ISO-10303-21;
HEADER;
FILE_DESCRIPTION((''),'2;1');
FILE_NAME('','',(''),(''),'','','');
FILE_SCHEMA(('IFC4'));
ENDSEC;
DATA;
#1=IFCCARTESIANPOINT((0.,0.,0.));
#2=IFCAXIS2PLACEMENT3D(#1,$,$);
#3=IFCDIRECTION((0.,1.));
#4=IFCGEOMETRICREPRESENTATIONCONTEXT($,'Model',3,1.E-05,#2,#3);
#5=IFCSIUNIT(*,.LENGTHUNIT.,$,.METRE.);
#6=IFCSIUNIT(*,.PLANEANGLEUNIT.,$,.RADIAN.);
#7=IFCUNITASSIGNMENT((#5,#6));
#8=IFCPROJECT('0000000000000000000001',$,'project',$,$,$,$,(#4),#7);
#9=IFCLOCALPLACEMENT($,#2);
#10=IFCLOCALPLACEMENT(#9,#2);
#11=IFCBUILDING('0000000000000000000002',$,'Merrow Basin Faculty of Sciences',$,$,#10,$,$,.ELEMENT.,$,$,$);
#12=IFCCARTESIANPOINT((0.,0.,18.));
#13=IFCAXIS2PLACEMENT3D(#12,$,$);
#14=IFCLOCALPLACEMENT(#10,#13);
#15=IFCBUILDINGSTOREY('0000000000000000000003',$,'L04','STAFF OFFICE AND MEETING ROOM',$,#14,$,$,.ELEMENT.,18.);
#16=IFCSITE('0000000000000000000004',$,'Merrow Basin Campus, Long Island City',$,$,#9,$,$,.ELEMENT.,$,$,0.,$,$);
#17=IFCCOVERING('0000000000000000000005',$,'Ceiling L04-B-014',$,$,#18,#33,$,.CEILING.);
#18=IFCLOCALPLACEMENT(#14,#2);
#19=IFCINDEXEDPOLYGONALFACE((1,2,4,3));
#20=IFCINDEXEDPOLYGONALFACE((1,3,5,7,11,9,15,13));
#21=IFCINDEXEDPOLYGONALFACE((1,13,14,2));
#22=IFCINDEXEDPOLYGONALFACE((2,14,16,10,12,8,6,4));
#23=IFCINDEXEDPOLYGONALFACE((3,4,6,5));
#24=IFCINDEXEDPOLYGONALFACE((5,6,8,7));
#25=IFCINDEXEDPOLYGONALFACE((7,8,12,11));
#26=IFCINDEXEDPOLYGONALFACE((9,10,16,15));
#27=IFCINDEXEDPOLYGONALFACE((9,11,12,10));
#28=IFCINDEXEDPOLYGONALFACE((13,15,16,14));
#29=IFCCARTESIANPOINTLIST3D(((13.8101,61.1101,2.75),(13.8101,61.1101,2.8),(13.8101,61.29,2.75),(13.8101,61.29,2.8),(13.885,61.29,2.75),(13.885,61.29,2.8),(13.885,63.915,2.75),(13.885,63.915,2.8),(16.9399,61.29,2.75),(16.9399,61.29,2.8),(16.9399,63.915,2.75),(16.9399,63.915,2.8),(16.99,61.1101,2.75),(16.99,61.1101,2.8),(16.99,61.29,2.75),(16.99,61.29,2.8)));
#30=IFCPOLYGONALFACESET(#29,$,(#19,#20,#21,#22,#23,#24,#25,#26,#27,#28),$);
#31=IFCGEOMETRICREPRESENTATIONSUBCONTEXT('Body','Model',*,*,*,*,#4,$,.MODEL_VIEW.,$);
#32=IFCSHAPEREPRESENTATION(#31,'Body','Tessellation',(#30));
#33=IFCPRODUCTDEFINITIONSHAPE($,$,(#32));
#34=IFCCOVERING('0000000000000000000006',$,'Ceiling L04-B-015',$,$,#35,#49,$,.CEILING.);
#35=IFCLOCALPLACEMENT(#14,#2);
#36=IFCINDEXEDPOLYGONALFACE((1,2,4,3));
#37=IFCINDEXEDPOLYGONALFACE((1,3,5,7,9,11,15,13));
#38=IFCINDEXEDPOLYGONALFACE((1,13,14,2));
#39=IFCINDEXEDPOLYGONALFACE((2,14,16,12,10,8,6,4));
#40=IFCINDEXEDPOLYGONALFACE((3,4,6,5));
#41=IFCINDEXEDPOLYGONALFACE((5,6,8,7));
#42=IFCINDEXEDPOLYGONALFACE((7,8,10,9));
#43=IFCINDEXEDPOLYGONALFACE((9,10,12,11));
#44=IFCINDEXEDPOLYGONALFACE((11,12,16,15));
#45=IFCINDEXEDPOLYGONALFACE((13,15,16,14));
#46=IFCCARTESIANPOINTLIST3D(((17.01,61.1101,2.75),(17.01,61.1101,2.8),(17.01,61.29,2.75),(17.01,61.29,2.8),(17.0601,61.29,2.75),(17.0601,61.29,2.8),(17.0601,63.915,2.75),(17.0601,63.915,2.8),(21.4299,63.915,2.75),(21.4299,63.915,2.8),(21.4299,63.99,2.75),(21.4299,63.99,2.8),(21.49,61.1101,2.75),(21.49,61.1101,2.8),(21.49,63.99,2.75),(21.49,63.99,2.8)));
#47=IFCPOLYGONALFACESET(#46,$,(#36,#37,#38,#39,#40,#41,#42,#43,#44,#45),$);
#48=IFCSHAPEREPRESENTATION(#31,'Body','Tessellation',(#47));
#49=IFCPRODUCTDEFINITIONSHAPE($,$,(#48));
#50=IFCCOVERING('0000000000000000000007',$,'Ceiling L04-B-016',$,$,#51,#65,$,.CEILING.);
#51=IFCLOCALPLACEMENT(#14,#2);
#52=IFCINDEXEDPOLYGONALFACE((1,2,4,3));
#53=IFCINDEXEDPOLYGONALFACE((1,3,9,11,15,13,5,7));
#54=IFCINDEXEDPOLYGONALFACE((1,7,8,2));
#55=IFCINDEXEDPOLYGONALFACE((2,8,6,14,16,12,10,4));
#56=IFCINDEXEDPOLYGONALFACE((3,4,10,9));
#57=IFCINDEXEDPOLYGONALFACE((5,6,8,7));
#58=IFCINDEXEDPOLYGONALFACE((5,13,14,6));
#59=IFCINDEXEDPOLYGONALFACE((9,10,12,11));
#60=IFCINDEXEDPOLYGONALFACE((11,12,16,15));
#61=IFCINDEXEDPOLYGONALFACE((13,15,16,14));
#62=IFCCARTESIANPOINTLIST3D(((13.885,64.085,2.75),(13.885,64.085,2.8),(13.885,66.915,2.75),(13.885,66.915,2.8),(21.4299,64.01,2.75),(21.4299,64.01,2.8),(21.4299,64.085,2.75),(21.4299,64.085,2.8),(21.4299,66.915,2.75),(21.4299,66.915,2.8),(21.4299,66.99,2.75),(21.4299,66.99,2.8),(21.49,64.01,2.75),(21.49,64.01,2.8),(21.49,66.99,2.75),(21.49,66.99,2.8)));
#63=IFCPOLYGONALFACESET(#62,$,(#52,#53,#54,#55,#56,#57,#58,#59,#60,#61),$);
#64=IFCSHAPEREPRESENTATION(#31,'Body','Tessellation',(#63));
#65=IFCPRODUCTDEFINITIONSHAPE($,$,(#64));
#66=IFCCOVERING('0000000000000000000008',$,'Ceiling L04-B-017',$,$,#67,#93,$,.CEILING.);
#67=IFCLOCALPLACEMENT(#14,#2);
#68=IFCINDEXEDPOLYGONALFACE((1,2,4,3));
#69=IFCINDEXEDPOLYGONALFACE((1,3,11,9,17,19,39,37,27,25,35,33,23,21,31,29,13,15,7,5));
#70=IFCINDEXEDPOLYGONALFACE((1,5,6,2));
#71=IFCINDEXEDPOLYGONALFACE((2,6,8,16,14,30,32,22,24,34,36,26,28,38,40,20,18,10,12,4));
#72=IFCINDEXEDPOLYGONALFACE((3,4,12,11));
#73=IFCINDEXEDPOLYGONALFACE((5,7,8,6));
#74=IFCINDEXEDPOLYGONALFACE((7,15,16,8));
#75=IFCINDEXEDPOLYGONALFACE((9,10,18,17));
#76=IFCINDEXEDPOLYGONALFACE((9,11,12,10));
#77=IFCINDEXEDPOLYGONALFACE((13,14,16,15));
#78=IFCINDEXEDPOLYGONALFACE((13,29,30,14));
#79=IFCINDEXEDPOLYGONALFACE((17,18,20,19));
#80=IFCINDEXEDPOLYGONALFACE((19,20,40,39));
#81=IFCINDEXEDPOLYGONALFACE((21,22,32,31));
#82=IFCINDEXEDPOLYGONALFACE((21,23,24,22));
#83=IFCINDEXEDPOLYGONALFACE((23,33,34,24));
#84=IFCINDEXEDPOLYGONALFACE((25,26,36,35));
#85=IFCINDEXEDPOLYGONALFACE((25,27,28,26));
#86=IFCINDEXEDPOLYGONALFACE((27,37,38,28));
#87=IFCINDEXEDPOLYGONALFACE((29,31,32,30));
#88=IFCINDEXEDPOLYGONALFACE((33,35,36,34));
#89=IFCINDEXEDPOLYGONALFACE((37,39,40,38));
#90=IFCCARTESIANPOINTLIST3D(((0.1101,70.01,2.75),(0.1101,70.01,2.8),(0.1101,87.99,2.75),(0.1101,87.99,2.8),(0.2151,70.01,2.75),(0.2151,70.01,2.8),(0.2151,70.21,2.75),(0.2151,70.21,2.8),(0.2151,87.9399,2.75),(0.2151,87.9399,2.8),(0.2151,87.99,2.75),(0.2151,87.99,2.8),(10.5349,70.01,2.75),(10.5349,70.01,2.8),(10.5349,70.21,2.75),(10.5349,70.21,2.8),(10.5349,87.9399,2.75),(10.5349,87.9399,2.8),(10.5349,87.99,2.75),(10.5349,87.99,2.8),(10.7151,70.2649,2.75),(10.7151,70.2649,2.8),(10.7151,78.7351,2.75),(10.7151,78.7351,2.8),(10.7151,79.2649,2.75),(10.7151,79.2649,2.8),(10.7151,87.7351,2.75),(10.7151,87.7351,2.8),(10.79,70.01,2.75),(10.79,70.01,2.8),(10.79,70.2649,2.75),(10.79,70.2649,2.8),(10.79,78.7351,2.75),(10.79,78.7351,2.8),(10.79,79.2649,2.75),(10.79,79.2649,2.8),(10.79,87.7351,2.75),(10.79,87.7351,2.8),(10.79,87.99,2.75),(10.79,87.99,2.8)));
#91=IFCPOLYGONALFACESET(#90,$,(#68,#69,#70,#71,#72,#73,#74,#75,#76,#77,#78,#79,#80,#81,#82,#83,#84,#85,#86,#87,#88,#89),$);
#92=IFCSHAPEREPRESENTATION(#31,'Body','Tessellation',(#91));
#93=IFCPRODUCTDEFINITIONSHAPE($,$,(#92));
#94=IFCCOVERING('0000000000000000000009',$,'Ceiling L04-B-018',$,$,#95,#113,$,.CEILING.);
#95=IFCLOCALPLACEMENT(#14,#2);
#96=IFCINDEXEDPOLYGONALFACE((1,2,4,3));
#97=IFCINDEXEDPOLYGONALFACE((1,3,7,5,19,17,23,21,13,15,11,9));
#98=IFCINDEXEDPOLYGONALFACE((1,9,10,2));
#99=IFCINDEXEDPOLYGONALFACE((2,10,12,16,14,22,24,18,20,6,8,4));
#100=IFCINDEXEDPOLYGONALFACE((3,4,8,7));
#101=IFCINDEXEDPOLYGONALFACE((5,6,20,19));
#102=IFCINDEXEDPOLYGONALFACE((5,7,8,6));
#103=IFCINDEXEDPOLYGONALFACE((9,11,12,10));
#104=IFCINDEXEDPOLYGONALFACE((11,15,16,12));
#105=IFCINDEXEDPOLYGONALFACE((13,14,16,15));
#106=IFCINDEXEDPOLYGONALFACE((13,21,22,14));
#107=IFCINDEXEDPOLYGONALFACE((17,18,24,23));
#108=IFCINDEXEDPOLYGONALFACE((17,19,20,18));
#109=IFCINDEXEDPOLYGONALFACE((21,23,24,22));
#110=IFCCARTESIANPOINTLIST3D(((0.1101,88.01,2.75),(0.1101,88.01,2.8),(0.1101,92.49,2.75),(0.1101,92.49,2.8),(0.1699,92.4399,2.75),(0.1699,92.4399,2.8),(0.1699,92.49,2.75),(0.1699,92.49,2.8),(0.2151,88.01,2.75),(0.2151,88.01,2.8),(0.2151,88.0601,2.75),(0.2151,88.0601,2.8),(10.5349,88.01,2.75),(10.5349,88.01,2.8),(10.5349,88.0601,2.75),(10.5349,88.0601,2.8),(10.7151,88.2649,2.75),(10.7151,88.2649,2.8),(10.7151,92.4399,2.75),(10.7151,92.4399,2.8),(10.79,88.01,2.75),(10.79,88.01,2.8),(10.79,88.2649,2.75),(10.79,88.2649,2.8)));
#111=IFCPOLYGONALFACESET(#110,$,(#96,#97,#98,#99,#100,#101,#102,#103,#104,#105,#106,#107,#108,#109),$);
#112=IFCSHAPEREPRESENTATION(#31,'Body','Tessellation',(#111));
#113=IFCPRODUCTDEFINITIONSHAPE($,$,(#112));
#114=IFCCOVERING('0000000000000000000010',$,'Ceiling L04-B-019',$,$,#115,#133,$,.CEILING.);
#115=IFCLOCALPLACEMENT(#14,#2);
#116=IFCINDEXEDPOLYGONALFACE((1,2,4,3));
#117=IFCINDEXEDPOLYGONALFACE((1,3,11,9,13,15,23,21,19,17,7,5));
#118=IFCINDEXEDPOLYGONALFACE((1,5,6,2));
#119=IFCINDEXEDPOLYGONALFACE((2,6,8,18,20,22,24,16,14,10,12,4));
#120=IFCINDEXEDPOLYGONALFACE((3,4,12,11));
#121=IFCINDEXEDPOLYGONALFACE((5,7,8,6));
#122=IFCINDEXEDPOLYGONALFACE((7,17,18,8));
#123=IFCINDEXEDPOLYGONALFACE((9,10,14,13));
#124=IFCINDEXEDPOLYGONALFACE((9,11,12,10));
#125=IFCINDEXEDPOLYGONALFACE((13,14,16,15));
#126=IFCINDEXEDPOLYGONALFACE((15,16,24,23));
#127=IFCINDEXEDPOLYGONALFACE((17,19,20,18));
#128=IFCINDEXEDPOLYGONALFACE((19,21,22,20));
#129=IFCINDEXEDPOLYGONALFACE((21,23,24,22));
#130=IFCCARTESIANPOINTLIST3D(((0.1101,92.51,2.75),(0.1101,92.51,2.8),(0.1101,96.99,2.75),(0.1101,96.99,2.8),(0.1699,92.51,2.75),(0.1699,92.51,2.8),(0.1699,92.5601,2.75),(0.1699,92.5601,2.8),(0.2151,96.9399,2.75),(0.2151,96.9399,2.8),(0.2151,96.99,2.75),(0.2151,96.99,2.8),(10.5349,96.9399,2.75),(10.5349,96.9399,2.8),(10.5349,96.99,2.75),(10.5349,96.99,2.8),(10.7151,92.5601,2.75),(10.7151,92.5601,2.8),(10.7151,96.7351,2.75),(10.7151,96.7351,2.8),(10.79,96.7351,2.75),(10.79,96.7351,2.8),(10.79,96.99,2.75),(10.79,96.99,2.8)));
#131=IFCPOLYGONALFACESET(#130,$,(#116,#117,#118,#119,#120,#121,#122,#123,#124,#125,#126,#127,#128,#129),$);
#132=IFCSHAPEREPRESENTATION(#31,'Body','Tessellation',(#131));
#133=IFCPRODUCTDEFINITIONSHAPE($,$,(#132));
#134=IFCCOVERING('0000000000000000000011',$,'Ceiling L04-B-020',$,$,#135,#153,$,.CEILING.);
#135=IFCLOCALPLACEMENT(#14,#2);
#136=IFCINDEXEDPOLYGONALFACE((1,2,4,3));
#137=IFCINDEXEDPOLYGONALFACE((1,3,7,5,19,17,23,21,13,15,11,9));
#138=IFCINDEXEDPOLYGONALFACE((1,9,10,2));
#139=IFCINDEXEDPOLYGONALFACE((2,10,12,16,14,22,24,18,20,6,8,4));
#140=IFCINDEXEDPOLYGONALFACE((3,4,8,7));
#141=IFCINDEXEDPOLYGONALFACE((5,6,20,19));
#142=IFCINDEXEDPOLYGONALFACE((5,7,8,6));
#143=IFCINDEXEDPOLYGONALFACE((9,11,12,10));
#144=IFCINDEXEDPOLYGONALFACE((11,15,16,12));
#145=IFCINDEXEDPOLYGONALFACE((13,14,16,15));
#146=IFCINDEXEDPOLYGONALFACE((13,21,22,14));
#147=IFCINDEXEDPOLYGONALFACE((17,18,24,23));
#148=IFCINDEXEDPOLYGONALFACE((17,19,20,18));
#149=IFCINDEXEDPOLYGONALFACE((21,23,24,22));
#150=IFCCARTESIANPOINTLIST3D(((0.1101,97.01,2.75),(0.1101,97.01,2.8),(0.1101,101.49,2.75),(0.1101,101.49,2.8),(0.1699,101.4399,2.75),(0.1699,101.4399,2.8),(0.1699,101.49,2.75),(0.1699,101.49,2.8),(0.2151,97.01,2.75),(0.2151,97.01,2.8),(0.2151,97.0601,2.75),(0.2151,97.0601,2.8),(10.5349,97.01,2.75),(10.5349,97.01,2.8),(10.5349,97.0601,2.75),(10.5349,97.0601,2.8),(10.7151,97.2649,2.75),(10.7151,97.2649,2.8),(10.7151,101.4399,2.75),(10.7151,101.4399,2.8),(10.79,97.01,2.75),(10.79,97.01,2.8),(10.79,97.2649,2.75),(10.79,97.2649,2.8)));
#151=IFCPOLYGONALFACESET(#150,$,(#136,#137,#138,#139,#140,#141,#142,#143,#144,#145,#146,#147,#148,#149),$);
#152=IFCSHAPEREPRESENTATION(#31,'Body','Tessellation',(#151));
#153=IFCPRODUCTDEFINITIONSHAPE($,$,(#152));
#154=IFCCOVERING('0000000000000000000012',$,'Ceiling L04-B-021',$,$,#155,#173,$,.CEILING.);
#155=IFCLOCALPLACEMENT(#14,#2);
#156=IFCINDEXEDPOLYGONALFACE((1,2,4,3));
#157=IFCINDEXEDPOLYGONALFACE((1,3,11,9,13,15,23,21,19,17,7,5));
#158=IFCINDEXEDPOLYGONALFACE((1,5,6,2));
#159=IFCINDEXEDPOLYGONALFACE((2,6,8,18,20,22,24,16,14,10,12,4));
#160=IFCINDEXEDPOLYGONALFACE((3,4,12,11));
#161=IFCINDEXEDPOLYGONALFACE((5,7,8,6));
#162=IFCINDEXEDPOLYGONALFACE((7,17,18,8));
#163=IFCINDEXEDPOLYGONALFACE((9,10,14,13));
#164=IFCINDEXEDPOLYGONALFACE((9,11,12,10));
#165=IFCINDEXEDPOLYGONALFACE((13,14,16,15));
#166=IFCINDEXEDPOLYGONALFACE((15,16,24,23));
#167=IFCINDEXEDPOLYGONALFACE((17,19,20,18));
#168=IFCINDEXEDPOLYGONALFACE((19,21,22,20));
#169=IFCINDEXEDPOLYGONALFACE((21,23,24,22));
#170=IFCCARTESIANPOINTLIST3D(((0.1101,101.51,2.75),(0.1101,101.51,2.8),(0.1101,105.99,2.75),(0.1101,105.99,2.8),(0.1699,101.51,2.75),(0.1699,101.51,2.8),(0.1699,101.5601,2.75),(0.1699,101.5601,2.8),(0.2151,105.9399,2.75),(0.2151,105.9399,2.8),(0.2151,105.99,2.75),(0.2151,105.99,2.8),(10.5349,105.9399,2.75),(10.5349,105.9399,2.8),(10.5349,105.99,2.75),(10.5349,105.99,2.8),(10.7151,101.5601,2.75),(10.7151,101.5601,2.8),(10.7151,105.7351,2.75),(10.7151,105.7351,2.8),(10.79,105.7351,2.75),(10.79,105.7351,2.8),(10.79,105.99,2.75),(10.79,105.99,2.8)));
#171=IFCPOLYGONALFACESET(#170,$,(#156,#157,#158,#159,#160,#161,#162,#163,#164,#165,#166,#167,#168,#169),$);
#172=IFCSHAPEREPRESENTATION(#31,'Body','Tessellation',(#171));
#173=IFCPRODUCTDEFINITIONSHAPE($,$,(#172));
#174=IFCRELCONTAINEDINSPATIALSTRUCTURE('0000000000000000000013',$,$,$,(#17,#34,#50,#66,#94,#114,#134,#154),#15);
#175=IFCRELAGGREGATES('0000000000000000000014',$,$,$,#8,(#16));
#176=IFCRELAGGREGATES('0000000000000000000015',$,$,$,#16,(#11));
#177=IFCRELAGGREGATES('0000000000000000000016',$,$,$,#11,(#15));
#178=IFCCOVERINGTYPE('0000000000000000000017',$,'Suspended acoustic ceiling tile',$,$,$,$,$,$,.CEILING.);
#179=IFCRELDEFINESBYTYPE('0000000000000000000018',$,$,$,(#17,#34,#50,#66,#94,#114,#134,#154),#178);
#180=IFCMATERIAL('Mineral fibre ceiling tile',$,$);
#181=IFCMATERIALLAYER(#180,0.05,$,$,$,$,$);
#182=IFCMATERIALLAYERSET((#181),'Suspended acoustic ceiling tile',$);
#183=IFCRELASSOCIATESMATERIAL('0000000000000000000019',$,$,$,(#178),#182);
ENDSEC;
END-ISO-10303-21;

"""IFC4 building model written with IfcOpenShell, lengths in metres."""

from ifc_helpers import new_model, si_unit, direction, frame, origin, place, context, subcontext, project, spatial, polyline, outline, extrude, material, layer, layer_set, type_object, element, save


model = new_model("IFC4")

# Units and contexts
model_context = context("Model", 3, precision=1e-05, world=origin(), true_north=direction((0.0, 1.0)))
body_context = subcontext(model_context, "Body", "Model", "MODEL_VIEW")
ifc_project = project(units=[si_unit("LENGTHUNIT", "METRE"), si_unit("PLANEANGLEUNIT", "RADIAN")], contexts=[model_context])

# Site, building, storey
site_placement = place(None, origin())
site = spatial("IfcSite", under=ifc_project, at=site_placement, Name="Merrow Basin Campus, Long Island City", CompositionType="ELEMENT", RefElevation=0.0)
building_placement = place(site_placement, origin())
building = spatial("IfcBuilding", under=site, at=building_placement, Name="Merrow Basin Faculty of Sciences", CompositionType="ELEMENT")
storey_placement = place(building_placement, frame((0.0, 0.0, 18.0)))
storey = spatial("IfcBuildingStorey", under=building, at=storey_placement, Name="L04", Description="STAFF OFFICE AND MEETING ROOM", CompositionType="ELEMENT", Elevation=18.0)

# Coverings
ifc_material_1 = material(Name="Mineral fibre ceiling tile")
ifc_layer_1 = layer(ifc_material_1, 0.05)
ifc_layer_set_1 = layer_set([ifc_layer_1], Name="Suspended acoustic ceiling tile")
covering_type_1 = type_object("IfcCoveringType", Name="Suspended acoustic ceiling tile", PredefinedType="CEILING", material=ifc_layer_set_1)
covering_1_placement = place(storey_placement, frame((0.0, 0.0, 2.75)))
element("IfcCovering", 1, at=covering_1_placement, inside=storey, type_object=covering_type_1, Name="Ceiling L04-B-014", PredefinedType="CEILING", context=body_context, shape_type="SweptSolid", body=[
    extrude(outline(polyline([(16.99, 61.1101), (13.8101, 61.1101), (13.8101, 61.29), (13.885, 61.29), (13.885, 63.915), (16.9399, 63.915), (16.9399, 61.29), (16.99, 61.29), (16.99, 61.1101)])), origin(), (0.0, 0.0, 1.0), 0.05),
])
covering_2_placement = place(storey_placement, frame((0.0, 0.0, 2.75)))
element("IfcCovering", 2, at=covering_2_placement, inside=storey, type_object=covering_type_1, Name="Ceiling L04-B-015", PredefinedType="CEILING", context=body_context, shape_type="SweptSolid", body=[
    extrude(outline(polyline([(21.49, 63.99), (21.49, 61.1101), (17.01, 61.1101), (17.01, 61.29), (17.0601, 61.29), (17.0601, 63.915), (21.4299, 63.915), (21.4299, 63.99), (21.49, 63.99)])), origin(), (0.0, 0.0, 1.0), 0.05),
])
covering_3_placement = place(storey_placement, frame((0.0, 0.0, 2.75)))
element("IfcCovering", 3, at=covering_3_placement, inside=storey, type_object=covering_type_1, Name="Ceiling L04-B-016", PredefinedType="CEILING", context=body_context, shape_type="SweptSolid", body=[
    extrude(outline(polyline([(21.49, 66.99), (21.49, 64.01), (21.4299, 64.01), (21.4299, 64.085), (13.885, 64.085), (13.885, 66.915), (21.4299, 66.915), (21.4299, 66.99), (21.49, 66.99)])), origin(), (0.0, 0.0, 1.0), 0.05),
])
covering_4_placement = place(storey_placement, frame((0.0, 0.0, 2.75)))
element("IfcCovering", 4, at=covering_4_placement, inside=storey, type_object=covering_type_1, Name="Ceiling L04-B-017", PredefinedType="CEILING", context=body_context, shape_type="SweptSolid", body=[
    extrude(outline(polyline([(10.79, 87.7351), (10.7151, 87.7351), (10.7151, 79.2649), (10.79, 79.2649), (10.79, 78.7351), (10.7151, 78.7351), (10.7151, 70.2649), (10.79, 70.2649), (10.79, 70.01), (10.5349, 70.01), (10.5349, 70.21), (0.2151, 70.21), (0.2151, 70.01), (0.1101, 70.01), (0.1101, 87.99), (0.2151, 87.99), (0.2151, 87.9399), (10.5349, 87.9399), (10.5349, 87.99), (10.79, 87.99), (10.79, 87.7351)])), origin(), (0.0, 0.0, 1.0), 0.05),
])
covering_5_placement = place(storey_placement, frame((0.0, 0.0, 2.75)))
element("IfcCovering", 5, at=covering_5_placement, inside=storey, type_object=covering_type_1, Name="Ceiling L04-B-018", PredefinedType="CEILING", context=body_context, shape_type="SweptSolid", body=[
    extrude(outline(polyline([(10.7151, 92.4399), (10.7151, 88.2649), (10.79, 88.2649), (10.79, 88.01), (10.5349, 88.01), (10.5349, 88.0601), (0.2151, 88.0601), (0.2151, 88.01), (0.1101, 88.01), (0.1101, 92.49), (0.1699, 92.49), (0.1699, 92.4399), (10.7151, 92.4399)])), origin(), (0.0, 0.0, 1.0), 0.05),
])
covering_6_placement = place(storey_placement, frame((0.0, 0.0, 2.75)))
element("IfcCovering", 6, at=covering_6_placement, inside=storey, type_object=covering_type_1, Name="Ceiling L04-B-019", PredefinedType="CEILING", context=body_context, shape_type="SweptSolid", body=[
    extrude(outline(polyline([(10.7151, 92.5601), (0.1699, 92.5601), (0.1699, 92.51), (0.1101, 92.51), (0.1101, 96.99), (0.2151, 96.99), (0.2151, 96.9399), (10.5349, 96.9399), (10.5349, 96.99), (10.79, 96.99), (10.79, 96.7351), (10.7151, 96.7351), (10.7151, 92.5601)])), origin(), (0.0, 0.0, 1.0), 0.05),
])
covering_7_placement = place(storey_placement, frame((0.0, 0.0, 2.75)))
element("IfcCovering", 7, at=covering_7_placement, inside=storey, type_object=covering_type_1, Name="Ceiling L04-B-020", PredefinedType="CEILING", context=body_context, shape_type="SweptSolid", body=[
    extrude(outline(polyline([(10.7151, 101.4399), (10.7151, 97.2649), (10.79, 97.2649), (10.79, 97.01), (10.5349, 97.01), (10.5349, 97.0601), (0.2151, 97.0601), (0.2151, 97.01), (0.1101, 97.01), (0.1101, 101.49), (0.1699, 101.49), (0.1699, 101.4399), (10.7151, 101.4399)])), origin(), (0.0, 0.0, 1.0), 0.05),
])
covering_8_placement = place(storey_placement, frame((0.0, 0.0, 2.75)))
element("IfcCovering", 8, at=covering_8_placement, inside=storey, type_object=covering_type_1, Name="Ceiling L04-B-021", PredefinedType="CEILING", context=body_context, shape_type="SweptSolid", body=[
    extrude(outline(polyline([(10.7151, 101.5601), (0.1699, 101.5601), (0.1699, 101.51), (0.1101, 101.51), (0.1101, 105.99), (0.2151, 105.99), (0.2151, 105.9399), (10.5349, 105.9399), (10.5349, 105.99), (10.79, 105.99), (10.79, 105.7351), (10.7151, 105.7351), (10.7151, 101.5601)])), origin(), (0.0, 0.0, 1.0), 0.05),
])

save(model, "model.ifc")
